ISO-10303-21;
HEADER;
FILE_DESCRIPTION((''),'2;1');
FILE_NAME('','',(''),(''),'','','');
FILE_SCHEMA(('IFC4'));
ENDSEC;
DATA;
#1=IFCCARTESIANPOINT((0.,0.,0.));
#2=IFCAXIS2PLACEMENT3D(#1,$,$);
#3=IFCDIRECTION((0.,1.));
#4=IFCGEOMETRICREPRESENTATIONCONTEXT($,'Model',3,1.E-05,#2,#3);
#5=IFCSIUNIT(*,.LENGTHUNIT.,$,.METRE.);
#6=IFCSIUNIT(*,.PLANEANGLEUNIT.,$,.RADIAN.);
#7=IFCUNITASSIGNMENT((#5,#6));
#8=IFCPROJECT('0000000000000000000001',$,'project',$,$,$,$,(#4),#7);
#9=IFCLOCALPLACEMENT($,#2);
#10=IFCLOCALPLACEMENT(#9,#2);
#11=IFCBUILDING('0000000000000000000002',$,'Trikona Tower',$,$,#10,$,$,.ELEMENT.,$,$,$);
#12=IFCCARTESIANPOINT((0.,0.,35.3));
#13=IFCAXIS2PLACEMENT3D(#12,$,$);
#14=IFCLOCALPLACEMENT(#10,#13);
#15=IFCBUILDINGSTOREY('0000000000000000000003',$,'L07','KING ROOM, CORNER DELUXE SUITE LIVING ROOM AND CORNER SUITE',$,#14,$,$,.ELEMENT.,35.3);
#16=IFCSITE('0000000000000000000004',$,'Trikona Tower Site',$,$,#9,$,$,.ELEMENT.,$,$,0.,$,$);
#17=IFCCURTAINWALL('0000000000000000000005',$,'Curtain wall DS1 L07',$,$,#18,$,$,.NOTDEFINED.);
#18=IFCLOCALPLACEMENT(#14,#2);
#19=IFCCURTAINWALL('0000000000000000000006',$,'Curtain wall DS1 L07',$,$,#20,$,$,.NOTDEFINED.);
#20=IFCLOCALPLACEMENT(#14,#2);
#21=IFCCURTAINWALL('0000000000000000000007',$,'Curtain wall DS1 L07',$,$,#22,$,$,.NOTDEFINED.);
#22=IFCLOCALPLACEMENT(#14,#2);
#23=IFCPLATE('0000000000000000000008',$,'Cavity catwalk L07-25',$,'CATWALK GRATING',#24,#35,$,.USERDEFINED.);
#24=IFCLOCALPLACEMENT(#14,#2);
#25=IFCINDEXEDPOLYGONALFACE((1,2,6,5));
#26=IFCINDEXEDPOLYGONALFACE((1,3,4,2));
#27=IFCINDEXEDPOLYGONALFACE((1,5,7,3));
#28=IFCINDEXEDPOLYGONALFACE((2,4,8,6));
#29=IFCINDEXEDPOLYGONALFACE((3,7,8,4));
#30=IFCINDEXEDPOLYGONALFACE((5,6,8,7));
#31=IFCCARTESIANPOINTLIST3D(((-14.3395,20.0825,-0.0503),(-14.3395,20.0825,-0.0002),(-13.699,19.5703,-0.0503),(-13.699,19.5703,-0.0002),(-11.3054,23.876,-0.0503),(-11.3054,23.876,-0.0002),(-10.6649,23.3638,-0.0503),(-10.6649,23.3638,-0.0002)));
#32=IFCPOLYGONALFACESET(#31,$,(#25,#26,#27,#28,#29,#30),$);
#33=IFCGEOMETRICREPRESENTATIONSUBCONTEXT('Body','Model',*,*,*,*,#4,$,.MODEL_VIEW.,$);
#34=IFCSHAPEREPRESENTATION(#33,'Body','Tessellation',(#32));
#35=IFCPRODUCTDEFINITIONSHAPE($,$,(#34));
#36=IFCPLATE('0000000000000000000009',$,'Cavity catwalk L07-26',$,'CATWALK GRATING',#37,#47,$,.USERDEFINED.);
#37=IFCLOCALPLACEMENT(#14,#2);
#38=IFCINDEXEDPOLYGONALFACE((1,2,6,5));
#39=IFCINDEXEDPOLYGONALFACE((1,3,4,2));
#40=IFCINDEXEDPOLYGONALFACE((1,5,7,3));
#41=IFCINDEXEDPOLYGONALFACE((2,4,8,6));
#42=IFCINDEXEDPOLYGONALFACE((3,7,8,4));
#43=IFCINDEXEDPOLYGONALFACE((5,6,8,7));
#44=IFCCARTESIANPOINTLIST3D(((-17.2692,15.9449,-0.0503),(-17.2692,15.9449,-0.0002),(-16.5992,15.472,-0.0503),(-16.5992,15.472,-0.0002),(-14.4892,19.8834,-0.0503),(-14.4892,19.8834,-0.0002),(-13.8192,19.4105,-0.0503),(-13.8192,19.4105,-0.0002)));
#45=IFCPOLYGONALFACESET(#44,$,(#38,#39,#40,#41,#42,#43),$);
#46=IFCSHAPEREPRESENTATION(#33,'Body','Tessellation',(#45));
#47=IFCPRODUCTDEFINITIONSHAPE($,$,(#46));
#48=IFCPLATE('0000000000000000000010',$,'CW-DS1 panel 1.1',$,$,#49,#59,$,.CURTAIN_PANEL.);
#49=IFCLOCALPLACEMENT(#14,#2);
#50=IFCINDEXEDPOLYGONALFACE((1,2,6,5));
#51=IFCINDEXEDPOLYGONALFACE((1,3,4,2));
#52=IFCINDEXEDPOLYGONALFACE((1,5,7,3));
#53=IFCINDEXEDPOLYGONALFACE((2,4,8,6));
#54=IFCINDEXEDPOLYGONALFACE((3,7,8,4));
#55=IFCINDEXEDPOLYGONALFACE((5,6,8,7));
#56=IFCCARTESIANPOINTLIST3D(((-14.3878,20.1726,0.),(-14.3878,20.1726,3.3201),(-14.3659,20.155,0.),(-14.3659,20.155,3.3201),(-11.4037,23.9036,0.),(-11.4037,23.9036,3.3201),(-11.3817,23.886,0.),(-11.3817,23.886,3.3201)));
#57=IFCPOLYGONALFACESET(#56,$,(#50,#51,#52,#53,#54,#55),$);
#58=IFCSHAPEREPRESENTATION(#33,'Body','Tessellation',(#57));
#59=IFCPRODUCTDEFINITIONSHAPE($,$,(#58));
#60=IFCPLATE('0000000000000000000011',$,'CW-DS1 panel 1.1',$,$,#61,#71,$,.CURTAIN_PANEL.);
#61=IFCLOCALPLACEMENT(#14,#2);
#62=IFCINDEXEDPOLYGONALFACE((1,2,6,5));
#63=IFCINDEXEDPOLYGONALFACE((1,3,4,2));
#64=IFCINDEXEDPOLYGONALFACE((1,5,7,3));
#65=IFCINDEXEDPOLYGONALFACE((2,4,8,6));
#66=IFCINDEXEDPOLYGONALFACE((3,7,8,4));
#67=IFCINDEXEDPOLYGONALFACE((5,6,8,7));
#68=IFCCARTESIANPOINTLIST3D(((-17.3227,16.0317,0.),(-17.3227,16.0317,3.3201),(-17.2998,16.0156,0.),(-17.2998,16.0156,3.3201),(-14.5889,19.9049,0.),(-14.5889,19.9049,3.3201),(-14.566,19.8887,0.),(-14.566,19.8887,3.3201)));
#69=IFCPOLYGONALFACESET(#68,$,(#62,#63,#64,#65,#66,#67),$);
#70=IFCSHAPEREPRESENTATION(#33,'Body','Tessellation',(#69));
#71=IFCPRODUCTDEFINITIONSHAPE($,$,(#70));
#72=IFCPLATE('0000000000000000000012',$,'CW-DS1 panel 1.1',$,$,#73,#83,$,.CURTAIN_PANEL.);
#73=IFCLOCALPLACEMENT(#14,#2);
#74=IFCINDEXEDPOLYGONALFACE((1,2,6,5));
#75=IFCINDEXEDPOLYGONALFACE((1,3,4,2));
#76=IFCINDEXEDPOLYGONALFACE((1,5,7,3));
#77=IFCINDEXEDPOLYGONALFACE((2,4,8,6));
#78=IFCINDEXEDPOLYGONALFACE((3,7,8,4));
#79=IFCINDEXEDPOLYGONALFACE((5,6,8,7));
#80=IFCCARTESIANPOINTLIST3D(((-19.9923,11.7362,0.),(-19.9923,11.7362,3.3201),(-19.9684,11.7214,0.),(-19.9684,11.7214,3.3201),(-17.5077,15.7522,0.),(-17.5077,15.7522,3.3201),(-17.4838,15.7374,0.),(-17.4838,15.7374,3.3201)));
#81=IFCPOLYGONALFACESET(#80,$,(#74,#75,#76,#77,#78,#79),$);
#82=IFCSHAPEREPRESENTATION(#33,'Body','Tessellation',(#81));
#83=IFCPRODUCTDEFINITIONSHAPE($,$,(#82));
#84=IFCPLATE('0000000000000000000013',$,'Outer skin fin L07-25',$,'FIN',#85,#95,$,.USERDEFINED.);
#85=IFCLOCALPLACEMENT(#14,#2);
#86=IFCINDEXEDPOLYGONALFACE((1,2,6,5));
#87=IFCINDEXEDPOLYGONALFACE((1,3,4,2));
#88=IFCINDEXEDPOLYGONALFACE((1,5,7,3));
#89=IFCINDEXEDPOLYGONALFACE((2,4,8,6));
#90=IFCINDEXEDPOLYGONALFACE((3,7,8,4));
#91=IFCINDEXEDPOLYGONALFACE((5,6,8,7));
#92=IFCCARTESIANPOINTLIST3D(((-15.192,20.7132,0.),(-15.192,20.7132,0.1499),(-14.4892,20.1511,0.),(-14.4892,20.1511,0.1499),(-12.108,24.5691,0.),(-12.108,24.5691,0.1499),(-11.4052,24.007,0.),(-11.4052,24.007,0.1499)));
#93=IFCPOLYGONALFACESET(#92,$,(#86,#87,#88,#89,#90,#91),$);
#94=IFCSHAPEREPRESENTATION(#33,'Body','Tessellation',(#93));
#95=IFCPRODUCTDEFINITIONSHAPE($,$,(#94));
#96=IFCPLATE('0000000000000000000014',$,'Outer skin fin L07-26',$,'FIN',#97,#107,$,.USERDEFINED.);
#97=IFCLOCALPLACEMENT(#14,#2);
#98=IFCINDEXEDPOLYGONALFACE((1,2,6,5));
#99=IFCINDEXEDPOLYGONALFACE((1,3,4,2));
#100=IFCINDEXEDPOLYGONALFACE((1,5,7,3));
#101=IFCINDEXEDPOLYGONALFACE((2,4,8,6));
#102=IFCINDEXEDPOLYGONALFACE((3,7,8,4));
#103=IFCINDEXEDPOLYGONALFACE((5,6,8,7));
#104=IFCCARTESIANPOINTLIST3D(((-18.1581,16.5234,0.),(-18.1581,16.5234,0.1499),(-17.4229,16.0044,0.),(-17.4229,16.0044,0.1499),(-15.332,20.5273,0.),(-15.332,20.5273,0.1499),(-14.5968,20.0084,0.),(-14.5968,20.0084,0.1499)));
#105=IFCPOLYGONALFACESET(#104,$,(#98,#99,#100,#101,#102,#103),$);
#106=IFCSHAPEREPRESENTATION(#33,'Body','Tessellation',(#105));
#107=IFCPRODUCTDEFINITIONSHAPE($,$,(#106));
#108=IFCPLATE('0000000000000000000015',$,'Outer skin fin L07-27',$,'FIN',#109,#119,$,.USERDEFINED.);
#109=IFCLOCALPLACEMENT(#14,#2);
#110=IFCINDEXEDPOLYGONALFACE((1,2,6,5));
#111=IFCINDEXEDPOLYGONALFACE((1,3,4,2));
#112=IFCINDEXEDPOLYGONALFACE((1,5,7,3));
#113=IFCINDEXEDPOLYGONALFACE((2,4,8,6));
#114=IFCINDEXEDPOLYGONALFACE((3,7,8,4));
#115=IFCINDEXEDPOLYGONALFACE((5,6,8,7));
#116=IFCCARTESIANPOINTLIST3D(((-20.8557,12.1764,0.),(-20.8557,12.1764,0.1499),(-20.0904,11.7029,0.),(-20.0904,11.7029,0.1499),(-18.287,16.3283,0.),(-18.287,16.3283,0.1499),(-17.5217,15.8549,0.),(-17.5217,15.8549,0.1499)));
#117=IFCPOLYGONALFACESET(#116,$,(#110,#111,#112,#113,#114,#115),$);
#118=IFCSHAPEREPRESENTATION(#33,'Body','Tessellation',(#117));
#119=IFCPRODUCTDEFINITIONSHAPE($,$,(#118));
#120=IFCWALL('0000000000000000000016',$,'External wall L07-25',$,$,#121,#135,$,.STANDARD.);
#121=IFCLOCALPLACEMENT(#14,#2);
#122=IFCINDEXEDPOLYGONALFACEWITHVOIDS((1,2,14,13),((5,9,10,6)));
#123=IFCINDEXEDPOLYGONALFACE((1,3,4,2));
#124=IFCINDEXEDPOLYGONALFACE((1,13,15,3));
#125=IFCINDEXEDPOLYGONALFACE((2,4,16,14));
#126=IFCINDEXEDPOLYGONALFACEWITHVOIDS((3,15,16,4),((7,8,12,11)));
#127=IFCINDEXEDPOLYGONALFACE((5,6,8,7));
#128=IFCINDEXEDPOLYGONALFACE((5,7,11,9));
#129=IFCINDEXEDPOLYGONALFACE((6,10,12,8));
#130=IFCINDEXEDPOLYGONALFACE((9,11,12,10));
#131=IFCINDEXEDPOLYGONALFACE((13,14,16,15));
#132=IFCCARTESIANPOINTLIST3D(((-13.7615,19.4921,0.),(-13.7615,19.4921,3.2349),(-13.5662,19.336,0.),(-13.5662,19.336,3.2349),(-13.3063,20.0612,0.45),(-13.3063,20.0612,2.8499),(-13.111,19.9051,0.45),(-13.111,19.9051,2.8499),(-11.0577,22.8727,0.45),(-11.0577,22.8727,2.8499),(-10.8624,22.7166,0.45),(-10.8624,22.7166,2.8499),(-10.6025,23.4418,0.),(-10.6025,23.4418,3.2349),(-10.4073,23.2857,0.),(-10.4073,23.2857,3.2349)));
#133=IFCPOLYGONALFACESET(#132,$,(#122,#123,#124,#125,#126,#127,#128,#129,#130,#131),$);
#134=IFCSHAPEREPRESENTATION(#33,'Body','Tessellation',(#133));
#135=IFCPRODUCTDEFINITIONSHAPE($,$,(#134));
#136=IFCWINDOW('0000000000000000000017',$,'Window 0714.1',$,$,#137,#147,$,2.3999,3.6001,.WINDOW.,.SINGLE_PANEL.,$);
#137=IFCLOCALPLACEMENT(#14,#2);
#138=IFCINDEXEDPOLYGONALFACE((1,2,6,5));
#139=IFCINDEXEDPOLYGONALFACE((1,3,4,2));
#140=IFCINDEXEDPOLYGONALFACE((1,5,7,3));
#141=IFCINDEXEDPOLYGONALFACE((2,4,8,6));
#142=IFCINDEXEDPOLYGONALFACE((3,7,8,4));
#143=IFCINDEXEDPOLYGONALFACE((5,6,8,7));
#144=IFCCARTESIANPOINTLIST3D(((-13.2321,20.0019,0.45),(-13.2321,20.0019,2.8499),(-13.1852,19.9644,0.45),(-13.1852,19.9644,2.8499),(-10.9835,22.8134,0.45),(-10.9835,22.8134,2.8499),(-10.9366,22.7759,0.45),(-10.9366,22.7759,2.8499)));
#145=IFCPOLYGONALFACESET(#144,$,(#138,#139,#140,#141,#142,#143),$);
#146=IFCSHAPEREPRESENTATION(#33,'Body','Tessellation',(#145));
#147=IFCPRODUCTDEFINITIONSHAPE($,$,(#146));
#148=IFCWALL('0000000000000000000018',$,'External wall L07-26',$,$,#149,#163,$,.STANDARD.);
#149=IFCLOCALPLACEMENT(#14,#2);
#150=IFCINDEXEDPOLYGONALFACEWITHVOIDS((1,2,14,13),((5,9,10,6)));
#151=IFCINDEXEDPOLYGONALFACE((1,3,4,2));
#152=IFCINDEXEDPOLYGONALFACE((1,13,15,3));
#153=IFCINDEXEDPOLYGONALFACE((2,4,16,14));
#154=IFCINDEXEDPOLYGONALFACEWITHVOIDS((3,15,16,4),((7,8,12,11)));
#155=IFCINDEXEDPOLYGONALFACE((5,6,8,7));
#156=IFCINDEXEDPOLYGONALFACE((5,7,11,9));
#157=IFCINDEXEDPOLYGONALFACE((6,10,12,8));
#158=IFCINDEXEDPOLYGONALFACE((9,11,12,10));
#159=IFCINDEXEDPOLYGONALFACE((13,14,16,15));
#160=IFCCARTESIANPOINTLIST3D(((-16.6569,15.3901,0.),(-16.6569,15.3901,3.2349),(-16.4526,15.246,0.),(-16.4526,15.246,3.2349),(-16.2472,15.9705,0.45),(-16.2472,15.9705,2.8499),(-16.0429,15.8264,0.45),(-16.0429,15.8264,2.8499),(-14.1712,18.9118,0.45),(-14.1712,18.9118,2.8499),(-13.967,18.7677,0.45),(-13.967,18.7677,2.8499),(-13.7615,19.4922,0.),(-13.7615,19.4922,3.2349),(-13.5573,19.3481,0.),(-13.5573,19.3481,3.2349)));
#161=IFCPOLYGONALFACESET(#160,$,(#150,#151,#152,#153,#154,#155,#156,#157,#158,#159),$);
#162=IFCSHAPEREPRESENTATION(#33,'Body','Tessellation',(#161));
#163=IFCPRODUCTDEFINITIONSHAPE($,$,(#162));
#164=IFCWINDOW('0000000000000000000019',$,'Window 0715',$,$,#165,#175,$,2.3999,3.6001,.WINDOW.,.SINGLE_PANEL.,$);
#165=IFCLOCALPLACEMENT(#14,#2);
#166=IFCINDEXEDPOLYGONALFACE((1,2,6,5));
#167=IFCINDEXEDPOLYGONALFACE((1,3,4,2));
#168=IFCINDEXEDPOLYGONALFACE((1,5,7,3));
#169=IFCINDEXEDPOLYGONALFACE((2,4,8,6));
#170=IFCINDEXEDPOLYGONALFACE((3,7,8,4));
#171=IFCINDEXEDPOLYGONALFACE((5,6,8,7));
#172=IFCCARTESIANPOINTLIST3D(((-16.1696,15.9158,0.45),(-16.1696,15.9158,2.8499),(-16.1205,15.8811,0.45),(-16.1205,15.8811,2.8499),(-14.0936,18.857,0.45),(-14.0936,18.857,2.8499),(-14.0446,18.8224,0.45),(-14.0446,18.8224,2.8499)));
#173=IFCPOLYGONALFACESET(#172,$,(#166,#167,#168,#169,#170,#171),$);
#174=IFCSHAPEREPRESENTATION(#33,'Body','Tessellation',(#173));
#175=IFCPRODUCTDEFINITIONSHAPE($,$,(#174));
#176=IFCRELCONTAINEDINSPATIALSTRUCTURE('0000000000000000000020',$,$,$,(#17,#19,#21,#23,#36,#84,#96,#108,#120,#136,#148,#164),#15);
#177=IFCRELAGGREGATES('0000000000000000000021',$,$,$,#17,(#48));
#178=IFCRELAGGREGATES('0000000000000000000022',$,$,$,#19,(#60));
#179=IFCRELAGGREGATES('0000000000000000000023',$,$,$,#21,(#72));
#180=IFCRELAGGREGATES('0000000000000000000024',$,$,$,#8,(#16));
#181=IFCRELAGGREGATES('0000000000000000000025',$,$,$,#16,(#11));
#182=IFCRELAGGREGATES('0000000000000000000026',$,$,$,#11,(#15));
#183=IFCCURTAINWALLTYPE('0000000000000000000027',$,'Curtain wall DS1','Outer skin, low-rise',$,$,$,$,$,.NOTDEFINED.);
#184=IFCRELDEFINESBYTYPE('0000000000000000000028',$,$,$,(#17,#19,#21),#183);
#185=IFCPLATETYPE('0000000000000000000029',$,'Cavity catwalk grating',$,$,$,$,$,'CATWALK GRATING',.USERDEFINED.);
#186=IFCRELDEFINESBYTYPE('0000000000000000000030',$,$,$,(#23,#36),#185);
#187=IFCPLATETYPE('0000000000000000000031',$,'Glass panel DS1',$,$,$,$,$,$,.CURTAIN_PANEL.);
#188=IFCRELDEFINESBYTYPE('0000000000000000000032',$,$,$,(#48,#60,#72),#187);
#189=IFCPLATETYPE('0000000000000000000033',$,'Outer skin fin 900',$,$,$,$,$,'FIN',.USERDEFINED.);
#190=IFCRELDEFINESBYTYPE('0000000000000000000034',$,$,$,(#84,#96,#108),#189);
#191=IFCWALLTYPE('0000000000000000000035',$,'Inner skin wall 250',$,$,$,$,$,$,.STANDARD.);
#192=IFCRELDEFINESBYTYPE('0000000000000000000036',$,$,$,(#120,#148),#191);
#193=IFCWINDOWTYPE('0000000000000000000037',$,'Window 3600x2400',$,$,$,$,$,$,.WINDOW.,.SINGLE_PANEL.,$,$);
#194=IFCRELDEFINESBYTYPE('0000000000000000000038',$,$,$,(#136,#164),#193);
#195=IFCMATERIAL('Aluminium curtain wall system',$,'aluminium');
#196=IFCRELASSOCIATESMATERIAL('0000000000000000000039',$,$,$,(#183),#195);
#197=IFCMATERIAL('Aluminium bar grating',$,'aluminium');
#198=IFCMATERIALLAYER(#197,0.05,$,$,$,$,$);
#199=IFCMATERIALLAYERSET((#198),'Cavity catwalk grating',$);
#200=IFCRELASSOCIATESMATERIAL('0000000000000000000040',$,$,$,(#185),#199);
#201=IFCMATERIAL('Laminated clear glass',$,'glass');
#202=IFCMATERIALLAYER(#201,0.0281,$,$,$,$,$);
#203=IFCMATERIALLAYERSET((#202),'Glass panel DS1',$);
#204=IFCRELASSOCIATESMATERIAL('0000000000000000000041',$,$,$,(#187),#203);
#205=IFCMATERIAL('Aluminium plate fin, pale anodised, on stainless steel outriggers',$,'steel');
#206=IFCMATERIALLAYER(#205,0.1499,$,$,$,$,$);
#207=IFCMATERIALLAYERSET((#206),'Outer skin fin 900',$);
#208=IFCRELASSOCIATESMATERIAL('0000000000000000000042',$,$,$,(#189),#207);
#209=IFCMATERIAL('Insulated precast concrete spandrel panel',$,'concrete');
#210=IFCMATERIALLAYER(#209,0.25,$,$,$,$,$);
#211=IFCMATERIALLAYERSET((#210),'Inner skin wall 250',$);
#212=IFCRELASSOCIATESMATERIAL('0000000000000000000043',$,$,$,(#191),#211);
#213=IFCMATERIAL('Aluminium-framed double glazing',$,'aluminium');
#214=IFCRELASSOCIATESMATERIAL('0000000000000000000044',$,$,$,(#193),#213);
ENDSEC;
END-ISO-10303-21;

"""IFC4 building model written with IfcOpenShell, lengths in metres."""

from ifc_helpers import new_model, si_unit, direction, frame, frame_2d, origin, origin_2d, place, context, subcontext, project, spatial, rectangle, extrude, material, layer, layer_set, type_object, element, fill, aggregate, save


model = new_model("IFC4")

# Units and contexts
model_context = context("Model", 3, precision=1e-05, world=origin(), true_north=direction((0.0, 1.0)))
body_context = subcontext(model_context, "Body", "Model", "MODEL_VIEW")
ifc_project = project(units=[si_unit("LENGTHUNIT", "METRE"), si_unit("PLANEANGLEUNIT", "RADIAN")], contexts=[model_context])

# Site, building, storey
site_placement = place(None, origin())
site = spatial("IfcSite", under=ifc_project, at=site_placement, Name="Trikona Tower Site", CompositionType="ELEMENT", RefElevation=0.0)
building_placement = place(site_placement, origin())
building = spatial("IfcBuilding", under=site, at=building_placement, Name="Trikona Tower", CompositionType="ELEMENT")
storey_placement = place(building_placement, frame((0.0, 0.0, 35.3)))
storey = spatial("IfcBuildingStorey", under=building, at=storey_placement, Name="L07", Description="KING ROOM, CORNER DELUXE SUITE LIVING ROOM AND CORNER SUITE", CompositionType="ELEMENT", Elevation=35.3)

# Shared definitions
ifc_material_1 = material(Name="Aluminium curtain wall system", Category="aluminium")
curtain_wall_type = type_object("IfcCurtainWallType", Name="Curtain wall DS1", Description="Outer skin, low-rise", PredefinedType="NOTDEFINED", material=ifc_material_1)

# Curtain walls
curtain_wall_1_placement = place(storey_placement, origin())
curtain_wall_1 = element("IfcCurtainWall", 1, at=curtain_wall_1_placement, inside=storey, type_object=curtain_wall_type, Name="Curtain wall DS1 L07", PredefinedType="NOTDEFINED")
curtain_wall_2_placement = place(storey_placement, origin())
curtain_wall_2 = element("IfcCurtainWall", 2, at=curtain_wall_2_placement, inside=storey, type_object=curtain_wall_type, Name="Curtain wall DS1 L07", PredefinedType="NOTDEFINED")

# Curtain wall
curtain_wall_3_placement = place(storey_placement, origin())
curtain_wall_3 = element("IfcCurtainWall", 3, at=curtain_wall_3_placement, inside=storey, type_object=curtain_wall_type, Name="Curtain wall DS1 L07", PredefinedType="NOTDEFINED")

# Plates
ifc_material_2 = material(Name="Aluminium bar grating", Category="aluminium")
ifc_layer_1 = layer(ifc_material_2, 0.05)
ifc_layer_set_1 = layer_set([ifc_layer_1], Name="Cavity catwalk grating")
plate_type_1 = type_object("IfcPlateType", Name="Cavity catwalk grating", ElementType="CATWALK GRATING", PredefinedType="USERDEFINED", material=ifc_layer_set_1)
plate_1_placement = place(storey_placement, frame((-12.5022, 21.7231, -0.0503), z_axis=(0.0, 0.0, 1.0), x_axis=(-0.624604, -0.780942, 0.0)))
element("IfcPlate", 4, at=plate_1_placement, inside=storey, type_object=plate_type_1, Name="Cavity catwalk L07-25", ObjectType="CATWALK GRATING", PredefinedType="USERDEFINED", context=body_context, shape_type="SweptSolid", body=[
    extrude(rectangle(XDim=4.8577, YDim=0.8201, at=origin_2d()), origin(), (0.0, 0.0, 1.0), 0.05),
])
plate_2_placement = place(storey_placement, frame((-15.5442, 17.6777, -0.0503), z_axis=(0.0, 0.0, 1.0), x_axis=(-0.576662, -0.816983, 0.0)))
element("IfcPlate", 5, at=plate_2_placement, inside=storey, type_object=plate_type_1, Name="Cavity catwalk L07-26", ObjectType="CATWALK GRATING", PredefinedType="USERDEFINED", context=body_context, shape_type="SweptSolid", body=[
    extrude(rectangle(XDim=4.8208, YDim=0.8201, at=origin_2d()), origin(), (0.0, 0.0, 1.0), 0.05),
])

# Plates
ifc_material_3 = material(Name="Laminated clear glass", Category="glass")
ifc_layer_2 = layer(ifc_material_3, 0.0281)
ifc_layer_set_2 = layer_set([ifc_layer_2], Name="Glass panel DS1")
plate_type_2 = type_object("IfcPlateType", Name="Glass panel DS1", PredefinedType="CURTAIN_PANEL", material=ifc_layer_set_2)
plate_3_placement = place(storey_placement, frame((-12.8848, 22.0293, 0.0), z_axis=(0.0, 0.0, 1.0), x_axis=(-0.624609, -0.780938, 0.0)))
plate_3 = element("IfcPlate", 6, at=plate_3_placement, type_object=plate_type_2, Name="CW-DS1 panel 1.1", PredefinedType="CURTAIN_PANEL", context=body_context, shape_type="SweptSolid", body=[
    extrude(rectangle(XDim=4.7776, YDim=0.0281, at=origin_2d()), origin(), (0.0, 0.0, 1.0), 3.3201),
])
aggregate(curtain_wall_1, [plate_3])
plate_4_placement = place(storey_placement, frame((-15.9443, 17.9602, 0.0), z_axis=(0.0, 0.0, 1.0), x_axis=(-0.576658, -0.816985, 0.0)))
plate_4 = element("IfcPlate", 7, at=plate_4_placement, type_object=plate_type_2, Name="CW-DS1 panel 1.1", PredefinedType="CURTAIN_PANEL", context=body_context, shape_type="SweptSolid", body=[
    extrude(rectangle(XDim=4.7407, YDim=0.0281, at=origin_2d()), origin(), (0.0, 0.0, 1.0), 3.3201),
])
aggregate(curtain_wall_2, [plate_4])
plate_5_placement = place(storey_placement, frame((-18.738, 13.7368, 0.0), z_axis=(0.0, 0.0, 1.0), x_axis=(-0.52612, -0.85041, 0.0)))
plate_5 = element("IfcPlate", 8, at=plate_5_placement, type_object=plate_type_2, Name="CW-DS1 panel 1.1", PredefinedType="CURTAIN_PANEL", context=body_context, shape_type="SweptSolid", body=[
    extrude(rectangle(XDim=4.7224, YDim=0.0281, at=origin_2d()), origin(), (0.0, 0.0, 1.0), 3.3201),
])
aggregate(curtain_wall_3, [plate_5])

# Plates
ifc_material_4 = material(Name="Aluminium plate fin, pale anodised, on stainless steel outriggers", Category="steel")
ifc_layer_3 = layer(ifc_material_4, 0.1499)
ifc_layer_set_3 = layer_set([ifc_layer_3], Name="Outer skin fin 900")
plate_type_3 = type_object("IfcPlateType", Name="Outer skin fin 900", ElementType="FIN", PredefinedType="USERDEFINED", material=ifc_layer_set_3)
plate_6_placement = place(storey_placement, frame((-13.2986, 22.3601, 0.0), z_axis=(0.0, 0.0, 1.0), x_axis=(-0.624604, -0.780942, 0.0)))
element("IfcPlate", 9, at=plate_6_placement, inside=storey, type_object=plate_type_3, Name="Outer skin fin L07-25", ObjectType="FIN", PredefinedType="USERDEFINED", context=body_context, shape_type="SweptSolid", body=[
    extrude(rectangle(XDim=4.9375, YDim=0.8999, at=origin_2d()), origin(), (0.0, 0.0, 1.0), 0.1499),
])
plate_7_placement = place(storey_placement, frame((-16.3774, 18.2659, 0.0), z_axis=(0.0, 0.0, 1.0), x_axis=(-0.576662, -0.816983, 0.0)))
element("IfcPlate", 10, at=plate_7_placement, inside=storey, type_object=plate_type_3, Name="Outer skin fin L07-26", ObjectType="FIN", PredefinedType="USERDEFINED", context=body_context, shape_type="SweptSolid", body=[
    extrude(rectangle(XDim=4.9009, YDim=0.8999, at=origin_2d()), origin(), (0.0, 0.0, 1.0), 0.1499),
])
plate_8_placement = place(storey_placement, frame((-19.1887, 14.0156, 0.0), z_axis=(0.0, 0.0, 1.0), x_axis=(-0.526119, -0.850411, 0.0)))
element("IfcPlate", 11, at=plate_8_placement, inside=storey, type_object=plate_type_3, Name="Outer skin fin L07-27", ObjectType="FIN", PredefinedType="USERDEFINED", context=body_context, shape_type="SweptSolid", body=[
    extrude(rectangle(XDim=4.8823, YDim=0.8999, at=origin_2d()), origin(), (0.0, 0.0, 1.0), 0.1499),
])

# Walls, openings, windows
ifc_material_5 = material(Name="Insulated precast concrete spandrel panel", Category="concrete")
ifc_layer_4 = layer(ifc_material_5, 0.25)
ifc_layer_set_4 = layer_set([ifc_layer_4], Name="Inner skin wall 250")
wall_type = type_object("IfcWallType", Name="Inner skin wall 250", PredefinedType="STANDARD", material=ifc_layer_set_4)
wall_1_placement = place(storey_placement, frame((-10.5049, 23.3638, 0.0), z_axis=(0.0, 0.0, 1.0), x_axis=(-0.624595, -0.780949, 0.0)))
wall_1 = element("IfcWall", 12, at=wall_1_placement, inside=storey, type_object=wall_type, Name="External wall L07-25", PredefinedType="STANDARD", context=body_context, shape_type="SweptSolid", body=[
    extrude(rectangle(XDim=5.0576, YDim=0.25, at=frame_2d((2.5288, 0.0))), origin(), (0.0, 0.0, 1.0), 3.2349),
])
opening_1_placement = place(wall_1_placement, frame((0.7288, 0.0, 0.45)))
opening_1 = element("IfcOpeningElement", 13, at=opening_1_placement, cuts=wall_1, PredefinedType="OPENING", context=body_context, shape_type="SweptSolid", body=[
    extrude(rectangle(XDim=3.6001, YDim=2.3999, at=frame_2d((1.8, 1.2))), frame((0.0, 0.135, 0.0), z_axis=(0.0, -1.0, 0.0), x_axis=(1.0, 0.0, 0.0)), (0.0, 0.0, 1.0), 0.27),
])
ifc_material_6 = material(Name="Aluminium-framed double glazing", Category="aluminium")
window_type = type_object("IfcWindowType", Name="Window 3600x2400", PartitioningType="SINGLE_PANEL", PredefinedType="WINDOW", material=ifc_material_6)
window_1_placement = place(opening_1_placement, origin())
window_1 = element("IfcWindow", 14, at=window_1_placement, inside=storey, type_object=window_type, Name="Window 0714.1", OverallHeight=2.3999, OverallWidth=3.6001, PartitioningType="SINGLE_PANEL", PredefinedType="WINDOW", context=body_context, shape_type="SweptSolid", body=[
    extrude(rectangle(XDim=3.6001, YDim=2.3999, at=frame_2d((1.8, 1.2))), frame((0.0, 0.03, 0.0), z_axis=(0.0, -1.0, 0.0), x_axis=(1.0, 0.0, 0.0)), (0.0, 0.0, 1.0), 0.0601),
])
fill(opening_1, window_1)
wall_2_placement = place(storey_placement, frame((-13.6594, 19.4202, 0.0), z_axis=(0.0, 0.0, 1.0), x_axis=(-0.576643, -0.816996, 0.0)))
wall_2 = element("IfcWall", 15, at=wall_2_placement, inside=storey, type_object=wall_type, Name="External wall L07-26", PredefinedType="STANDARD", context=body_context, shape_type="SweptSolid", body=[
    extrude(rectangle(XDim=5.021, YDim=0.25, at=frame_2d((2.5105, 0.0))), origin(), (0.0, 0.0, 1.0), 3.2349),
])
opening_2_placement = place(wall_2_placement, frame((0.7104, 0.0, 0.45)))
opening_2 = element("IfcOpeningElement", 16, at=opening_2_placement, cuts=wall_2, PredefinedType="OPENING", context=body_context, shape_type="SweptSolid", body=[
    extrude(rectangle(XDim=3.6001, YDim=2.3999, at=frame_2d((1.8, 1.2))), frame((0.0, 0.135, 0.0), z_axis=(0.0, -1.0, 0.0), x_axis=(1.0, 0.0, 0.0)), (0.0, 0.0, 1.0), 0.27),
])
window_2_placement = place(opening_2_placement, origin())
window_2 = element("IfcWindow", 17, at=window_2_placement, inside=storey, type_object=window_type, Name="Window 0715", OverallHeight=2.3999, OverallWidth=3.6001, PartitioningType="SINGLE_PANEL", PredefinedType="WINDOW", context=body_context, shape_type="SweptSolid", body=[
    extrude(rectangle(XDim=3.6001, YDim=2.3999, at=frame_2d((1.8, 1.2))), frame((0.0, 0.03, 0.0), z_axis=(0.0, -1.0, 0.0), x_axis=(1.0, 0.0, 0.0)), (0.0, 0.0, 1.0), 0.0601),
])
fill(opening_2, window_2)

save(model, "model.ifc")
